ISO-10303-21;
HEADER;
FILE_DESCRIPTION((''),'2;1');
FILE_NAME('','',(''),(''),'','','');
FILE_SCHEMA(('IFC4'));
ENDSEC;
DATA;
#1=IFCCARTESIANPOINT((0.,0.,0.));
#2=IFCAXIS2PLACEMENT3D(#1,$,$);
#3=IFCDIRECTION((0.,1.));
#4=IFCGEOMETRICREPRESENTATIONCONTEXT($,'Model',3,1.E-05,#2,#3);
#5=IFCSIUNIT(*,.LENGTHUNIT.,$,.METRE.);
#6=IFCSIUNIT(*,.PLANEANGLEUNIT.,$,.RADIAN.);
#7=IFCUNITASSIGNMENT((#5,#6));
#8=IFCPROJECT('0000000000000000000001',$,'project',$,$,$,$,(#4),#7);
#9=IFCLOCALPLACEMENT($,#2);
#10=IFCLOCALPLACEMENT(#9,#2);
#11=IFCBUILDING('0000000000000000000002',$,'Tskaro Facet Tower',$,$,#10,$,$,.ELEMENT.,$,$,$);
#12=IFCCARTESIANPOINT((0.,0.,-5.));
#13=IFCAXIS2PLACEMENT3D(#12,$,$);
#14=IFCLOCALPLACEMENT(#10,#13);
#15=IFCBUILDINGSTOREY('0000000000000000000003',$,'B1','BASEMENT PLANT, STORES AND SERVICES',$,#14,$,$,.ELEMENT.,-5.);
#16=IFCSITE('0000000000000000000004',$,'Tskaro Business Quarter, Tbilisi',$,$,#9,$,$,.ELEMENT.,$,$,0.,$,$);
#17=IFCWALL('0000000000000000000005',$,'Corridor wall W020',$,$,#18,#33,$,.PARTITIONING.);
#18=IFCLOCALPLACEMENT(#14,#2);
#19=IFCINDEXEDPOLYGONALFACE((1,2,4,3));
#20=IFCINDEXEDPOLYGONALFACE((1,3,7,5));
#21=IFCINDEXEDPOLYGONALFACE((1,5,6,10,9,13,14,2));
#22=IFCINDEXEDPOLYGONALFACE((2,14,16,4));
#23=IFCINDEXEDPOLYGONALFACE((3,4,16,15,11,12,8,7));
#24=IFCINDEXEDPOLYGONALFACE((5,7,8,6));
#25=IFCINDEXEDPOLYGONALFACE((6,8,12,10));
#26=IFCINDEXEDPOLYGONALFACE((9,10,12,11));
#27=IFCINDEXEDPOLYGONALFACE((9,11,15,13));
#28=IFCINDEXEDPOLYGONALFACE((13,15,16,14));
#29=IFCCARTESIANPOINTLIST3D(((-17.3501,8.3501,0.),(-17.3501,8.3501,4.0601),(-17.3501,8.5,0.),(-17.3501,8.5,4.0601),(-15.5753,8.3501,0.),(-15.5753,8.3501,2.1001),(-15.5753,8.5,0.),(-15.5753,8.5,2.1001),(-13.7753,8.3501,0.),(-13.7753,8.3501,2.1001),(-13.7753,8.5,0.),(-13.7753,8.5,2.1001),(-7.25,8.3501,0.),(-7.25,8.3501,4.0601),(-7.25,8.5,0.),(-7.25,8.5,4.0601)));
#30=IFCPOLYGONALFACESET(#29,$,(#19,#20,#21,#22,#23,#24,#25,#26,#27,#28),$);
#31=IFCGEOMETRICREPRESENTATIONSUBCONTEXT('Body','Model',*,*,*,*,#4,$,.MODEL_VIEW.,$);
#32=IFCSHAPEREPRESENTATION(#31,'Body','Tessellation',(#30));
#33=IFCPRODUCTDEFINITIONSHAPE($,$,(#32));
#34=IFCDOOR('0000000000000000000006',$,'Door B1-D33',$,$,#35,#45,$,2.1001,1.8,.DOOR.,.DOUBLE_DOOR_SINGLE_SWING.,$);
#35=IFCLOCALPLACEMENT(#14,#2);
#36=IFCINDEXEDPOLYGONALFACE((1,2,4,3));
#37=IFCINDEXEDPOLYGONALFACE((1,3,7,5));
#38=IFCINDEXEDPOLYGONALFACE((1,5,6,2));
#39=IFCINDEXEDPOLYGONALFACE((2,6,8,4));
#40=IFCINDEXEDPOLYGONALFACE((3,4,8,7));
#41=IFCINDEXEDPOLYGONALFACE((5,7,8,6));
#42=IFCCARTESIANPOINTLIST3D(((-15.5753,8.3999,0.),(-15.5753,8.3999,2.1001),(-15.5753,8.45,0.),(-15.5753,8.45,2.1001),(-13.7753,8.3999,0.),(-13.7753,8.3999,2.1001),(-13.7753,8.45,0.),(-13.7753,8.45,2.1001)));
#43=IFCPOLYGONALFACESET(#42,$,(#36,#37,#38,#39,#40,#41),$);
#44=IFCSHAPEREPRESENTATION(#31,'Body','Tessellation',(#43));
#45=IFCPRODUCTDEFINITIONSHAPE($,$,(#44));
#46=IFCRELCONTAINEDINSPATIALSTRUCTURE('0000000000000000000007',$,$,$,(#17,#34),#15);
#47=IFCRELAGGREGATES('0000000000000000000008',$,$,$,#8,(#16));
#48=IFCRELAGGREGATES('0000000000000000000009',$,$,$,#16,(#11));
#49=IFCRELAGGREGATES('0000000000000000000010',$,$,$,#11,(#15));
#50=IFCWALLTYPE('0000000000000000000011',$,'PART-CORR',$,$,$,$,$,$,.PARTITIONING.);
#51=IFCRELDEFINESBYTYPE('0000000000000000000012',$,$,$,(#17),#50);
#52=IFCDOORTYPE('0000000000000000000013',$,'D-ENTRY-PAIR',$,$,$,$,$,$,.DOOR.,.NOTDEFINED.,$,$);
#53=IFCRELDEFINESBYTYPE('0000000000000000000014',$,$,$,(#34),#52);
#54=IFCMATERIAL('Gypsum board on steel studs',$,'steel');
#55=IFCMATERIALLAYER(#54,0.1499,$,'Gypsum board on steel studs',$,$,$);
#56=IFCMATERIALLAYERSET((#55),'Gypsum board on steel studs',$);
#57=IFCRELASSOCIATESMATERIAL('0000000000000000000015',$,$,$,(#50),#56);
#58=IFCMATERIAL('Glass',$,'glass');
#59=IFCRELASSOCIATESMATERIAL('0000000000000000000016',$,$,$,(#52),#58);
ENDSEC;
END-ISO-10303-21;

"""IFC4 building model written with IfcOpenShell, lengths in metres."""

from ifc_helpers import new_model, si_unit, direction, frame, frame_2d, origin, place, context, subcontext, project, spatial, rectangle, extrude, material, layer, layer_set, type_object, element, fill, save


model = new_model("IFC4")

# Units and contexts
model_context = context("Model", 3, precision=1e-05, world=origin(), true_north=direction((0.0, 1.0)))
body_context = subcontext(model_context, "Body", "Model", "MODEL_VIEW")
ifc_project = project(units=[si_unit("LENGTHUNIT", "METRE"), si_unit("PLANEANGLEUNIT", "RADIAN")], contexts=[model_context])

# Site, building, storey
site_placement = place(None, origin())
site = spatial("IfcSite", under=ifc_project, at=site_placement, Name="Tskaro Business Quarter, Tbilisi", CompositionType="ELEMENT", RefElevation=0.0)
building_placement = place(site_placement, origin())
building = spatial("IfcBuilding", under=site, at=building_placement, Name="Tskaro Facet Tower", CompositionType="ELEMENT")
storey_placement = place(building_placement, frame((0.0, 0.0, -5.0)))
storey = spatial("IfcBuildingStorey", under=building, at=storey_placement, Name="B1", Description="BASEMENT PLANT, STORES AND SERVICES", CompositionType="ELEMENT", Elevation=-5.0)

# Wall, opening, door
ifc_material_1 = material(Name="Gypsum board on steel studs", Category="steel")
ifc_layer_1 = layer(ifc_material_1, 0.1499, Name="Gypsum board on steel studs")
ifc_layer_set_1 = layer_set([ifc_layer_1], Name="Gypsum board on steel studs")
wall_type_1 = type_object("IfcWallType", Name="PART-CORR", PredefinedType="PARTITIONING", material=ifc_layer_set_1)
wall_1_placement = place(storey_placement, frame((-17.3501, 8.425, 0.0), z_axis=(0.0, 0.0, 1.0), x_axis=(1.0, 0.0, 0.0)))
wall_1 = element("IfcWall", 1, at=wall_1_placement, inside=storey, type_object=wall_type_1, Name="Corridor wall W020", PredefinedType="PARTITIONING", context=body_context, shape_type="SweptSolid", body=[
    extrude(rectangle(XDim=10.1001, YDim=0.1499, at=frame_2d((5.05, 0.0))), origin(), (0.0, 0.0, 1.0), 4.0601),
])
opening_placement = place(wall_1_placement, frame((1.7749, 0.0, 0.0)))
opening = element("IfcOpeningElement", 2, at=opening_placement, cuts=wall_1, PredefinedType="OPENING", context=body_context, shape_type="SweptSolid", body=[
    extrude(rectangle(XDim=1.8, YDim=2.1001, at=frame_2d((0.8999, 1.05))), frame((0.0, 0.085, 0.0), z_axis=(0.0, -1.0, 0.0), x_axis=(1.0, 0.0, 0.0)), (0.0, 0.0, 1.0), 0.1699),
])
ifc_material_2 = material(Name="Glass", Category="glass")
door_type = type_object("IfcDoorType", Name="D-ENTRY-PAIR", OperationType="NOTDEFINED", PredefinedType="DOOR", material=ifc_material_2)
door_placement = place(opening_placement, origin())
door = element("IfcDoor", 3, at=door_placement, inside=storey, type_object=door_type, Name="Door B1-D33", OperationType="DOUBLE_DOOR_SINGLE_SWING", OverallHeight=2.1001, OverallWidth=1.8, PredefinedType="DOOR", context=body_context, shape_type="SweptSolid", body=[
    extrude(rectangle(XDim=1.8, YDim=2.1001, at=frame_2d((0.8999, 1.05))), frame((0.0, 0.0249, 0.0), z_axis=(0.0, -1.0, 0.0), x_axis=(1.0, 0.0, 0.0)), (0.0, 0.0, 1.0), 0.05),
])
fill(opening, door)

save(model, "model.ifc")
